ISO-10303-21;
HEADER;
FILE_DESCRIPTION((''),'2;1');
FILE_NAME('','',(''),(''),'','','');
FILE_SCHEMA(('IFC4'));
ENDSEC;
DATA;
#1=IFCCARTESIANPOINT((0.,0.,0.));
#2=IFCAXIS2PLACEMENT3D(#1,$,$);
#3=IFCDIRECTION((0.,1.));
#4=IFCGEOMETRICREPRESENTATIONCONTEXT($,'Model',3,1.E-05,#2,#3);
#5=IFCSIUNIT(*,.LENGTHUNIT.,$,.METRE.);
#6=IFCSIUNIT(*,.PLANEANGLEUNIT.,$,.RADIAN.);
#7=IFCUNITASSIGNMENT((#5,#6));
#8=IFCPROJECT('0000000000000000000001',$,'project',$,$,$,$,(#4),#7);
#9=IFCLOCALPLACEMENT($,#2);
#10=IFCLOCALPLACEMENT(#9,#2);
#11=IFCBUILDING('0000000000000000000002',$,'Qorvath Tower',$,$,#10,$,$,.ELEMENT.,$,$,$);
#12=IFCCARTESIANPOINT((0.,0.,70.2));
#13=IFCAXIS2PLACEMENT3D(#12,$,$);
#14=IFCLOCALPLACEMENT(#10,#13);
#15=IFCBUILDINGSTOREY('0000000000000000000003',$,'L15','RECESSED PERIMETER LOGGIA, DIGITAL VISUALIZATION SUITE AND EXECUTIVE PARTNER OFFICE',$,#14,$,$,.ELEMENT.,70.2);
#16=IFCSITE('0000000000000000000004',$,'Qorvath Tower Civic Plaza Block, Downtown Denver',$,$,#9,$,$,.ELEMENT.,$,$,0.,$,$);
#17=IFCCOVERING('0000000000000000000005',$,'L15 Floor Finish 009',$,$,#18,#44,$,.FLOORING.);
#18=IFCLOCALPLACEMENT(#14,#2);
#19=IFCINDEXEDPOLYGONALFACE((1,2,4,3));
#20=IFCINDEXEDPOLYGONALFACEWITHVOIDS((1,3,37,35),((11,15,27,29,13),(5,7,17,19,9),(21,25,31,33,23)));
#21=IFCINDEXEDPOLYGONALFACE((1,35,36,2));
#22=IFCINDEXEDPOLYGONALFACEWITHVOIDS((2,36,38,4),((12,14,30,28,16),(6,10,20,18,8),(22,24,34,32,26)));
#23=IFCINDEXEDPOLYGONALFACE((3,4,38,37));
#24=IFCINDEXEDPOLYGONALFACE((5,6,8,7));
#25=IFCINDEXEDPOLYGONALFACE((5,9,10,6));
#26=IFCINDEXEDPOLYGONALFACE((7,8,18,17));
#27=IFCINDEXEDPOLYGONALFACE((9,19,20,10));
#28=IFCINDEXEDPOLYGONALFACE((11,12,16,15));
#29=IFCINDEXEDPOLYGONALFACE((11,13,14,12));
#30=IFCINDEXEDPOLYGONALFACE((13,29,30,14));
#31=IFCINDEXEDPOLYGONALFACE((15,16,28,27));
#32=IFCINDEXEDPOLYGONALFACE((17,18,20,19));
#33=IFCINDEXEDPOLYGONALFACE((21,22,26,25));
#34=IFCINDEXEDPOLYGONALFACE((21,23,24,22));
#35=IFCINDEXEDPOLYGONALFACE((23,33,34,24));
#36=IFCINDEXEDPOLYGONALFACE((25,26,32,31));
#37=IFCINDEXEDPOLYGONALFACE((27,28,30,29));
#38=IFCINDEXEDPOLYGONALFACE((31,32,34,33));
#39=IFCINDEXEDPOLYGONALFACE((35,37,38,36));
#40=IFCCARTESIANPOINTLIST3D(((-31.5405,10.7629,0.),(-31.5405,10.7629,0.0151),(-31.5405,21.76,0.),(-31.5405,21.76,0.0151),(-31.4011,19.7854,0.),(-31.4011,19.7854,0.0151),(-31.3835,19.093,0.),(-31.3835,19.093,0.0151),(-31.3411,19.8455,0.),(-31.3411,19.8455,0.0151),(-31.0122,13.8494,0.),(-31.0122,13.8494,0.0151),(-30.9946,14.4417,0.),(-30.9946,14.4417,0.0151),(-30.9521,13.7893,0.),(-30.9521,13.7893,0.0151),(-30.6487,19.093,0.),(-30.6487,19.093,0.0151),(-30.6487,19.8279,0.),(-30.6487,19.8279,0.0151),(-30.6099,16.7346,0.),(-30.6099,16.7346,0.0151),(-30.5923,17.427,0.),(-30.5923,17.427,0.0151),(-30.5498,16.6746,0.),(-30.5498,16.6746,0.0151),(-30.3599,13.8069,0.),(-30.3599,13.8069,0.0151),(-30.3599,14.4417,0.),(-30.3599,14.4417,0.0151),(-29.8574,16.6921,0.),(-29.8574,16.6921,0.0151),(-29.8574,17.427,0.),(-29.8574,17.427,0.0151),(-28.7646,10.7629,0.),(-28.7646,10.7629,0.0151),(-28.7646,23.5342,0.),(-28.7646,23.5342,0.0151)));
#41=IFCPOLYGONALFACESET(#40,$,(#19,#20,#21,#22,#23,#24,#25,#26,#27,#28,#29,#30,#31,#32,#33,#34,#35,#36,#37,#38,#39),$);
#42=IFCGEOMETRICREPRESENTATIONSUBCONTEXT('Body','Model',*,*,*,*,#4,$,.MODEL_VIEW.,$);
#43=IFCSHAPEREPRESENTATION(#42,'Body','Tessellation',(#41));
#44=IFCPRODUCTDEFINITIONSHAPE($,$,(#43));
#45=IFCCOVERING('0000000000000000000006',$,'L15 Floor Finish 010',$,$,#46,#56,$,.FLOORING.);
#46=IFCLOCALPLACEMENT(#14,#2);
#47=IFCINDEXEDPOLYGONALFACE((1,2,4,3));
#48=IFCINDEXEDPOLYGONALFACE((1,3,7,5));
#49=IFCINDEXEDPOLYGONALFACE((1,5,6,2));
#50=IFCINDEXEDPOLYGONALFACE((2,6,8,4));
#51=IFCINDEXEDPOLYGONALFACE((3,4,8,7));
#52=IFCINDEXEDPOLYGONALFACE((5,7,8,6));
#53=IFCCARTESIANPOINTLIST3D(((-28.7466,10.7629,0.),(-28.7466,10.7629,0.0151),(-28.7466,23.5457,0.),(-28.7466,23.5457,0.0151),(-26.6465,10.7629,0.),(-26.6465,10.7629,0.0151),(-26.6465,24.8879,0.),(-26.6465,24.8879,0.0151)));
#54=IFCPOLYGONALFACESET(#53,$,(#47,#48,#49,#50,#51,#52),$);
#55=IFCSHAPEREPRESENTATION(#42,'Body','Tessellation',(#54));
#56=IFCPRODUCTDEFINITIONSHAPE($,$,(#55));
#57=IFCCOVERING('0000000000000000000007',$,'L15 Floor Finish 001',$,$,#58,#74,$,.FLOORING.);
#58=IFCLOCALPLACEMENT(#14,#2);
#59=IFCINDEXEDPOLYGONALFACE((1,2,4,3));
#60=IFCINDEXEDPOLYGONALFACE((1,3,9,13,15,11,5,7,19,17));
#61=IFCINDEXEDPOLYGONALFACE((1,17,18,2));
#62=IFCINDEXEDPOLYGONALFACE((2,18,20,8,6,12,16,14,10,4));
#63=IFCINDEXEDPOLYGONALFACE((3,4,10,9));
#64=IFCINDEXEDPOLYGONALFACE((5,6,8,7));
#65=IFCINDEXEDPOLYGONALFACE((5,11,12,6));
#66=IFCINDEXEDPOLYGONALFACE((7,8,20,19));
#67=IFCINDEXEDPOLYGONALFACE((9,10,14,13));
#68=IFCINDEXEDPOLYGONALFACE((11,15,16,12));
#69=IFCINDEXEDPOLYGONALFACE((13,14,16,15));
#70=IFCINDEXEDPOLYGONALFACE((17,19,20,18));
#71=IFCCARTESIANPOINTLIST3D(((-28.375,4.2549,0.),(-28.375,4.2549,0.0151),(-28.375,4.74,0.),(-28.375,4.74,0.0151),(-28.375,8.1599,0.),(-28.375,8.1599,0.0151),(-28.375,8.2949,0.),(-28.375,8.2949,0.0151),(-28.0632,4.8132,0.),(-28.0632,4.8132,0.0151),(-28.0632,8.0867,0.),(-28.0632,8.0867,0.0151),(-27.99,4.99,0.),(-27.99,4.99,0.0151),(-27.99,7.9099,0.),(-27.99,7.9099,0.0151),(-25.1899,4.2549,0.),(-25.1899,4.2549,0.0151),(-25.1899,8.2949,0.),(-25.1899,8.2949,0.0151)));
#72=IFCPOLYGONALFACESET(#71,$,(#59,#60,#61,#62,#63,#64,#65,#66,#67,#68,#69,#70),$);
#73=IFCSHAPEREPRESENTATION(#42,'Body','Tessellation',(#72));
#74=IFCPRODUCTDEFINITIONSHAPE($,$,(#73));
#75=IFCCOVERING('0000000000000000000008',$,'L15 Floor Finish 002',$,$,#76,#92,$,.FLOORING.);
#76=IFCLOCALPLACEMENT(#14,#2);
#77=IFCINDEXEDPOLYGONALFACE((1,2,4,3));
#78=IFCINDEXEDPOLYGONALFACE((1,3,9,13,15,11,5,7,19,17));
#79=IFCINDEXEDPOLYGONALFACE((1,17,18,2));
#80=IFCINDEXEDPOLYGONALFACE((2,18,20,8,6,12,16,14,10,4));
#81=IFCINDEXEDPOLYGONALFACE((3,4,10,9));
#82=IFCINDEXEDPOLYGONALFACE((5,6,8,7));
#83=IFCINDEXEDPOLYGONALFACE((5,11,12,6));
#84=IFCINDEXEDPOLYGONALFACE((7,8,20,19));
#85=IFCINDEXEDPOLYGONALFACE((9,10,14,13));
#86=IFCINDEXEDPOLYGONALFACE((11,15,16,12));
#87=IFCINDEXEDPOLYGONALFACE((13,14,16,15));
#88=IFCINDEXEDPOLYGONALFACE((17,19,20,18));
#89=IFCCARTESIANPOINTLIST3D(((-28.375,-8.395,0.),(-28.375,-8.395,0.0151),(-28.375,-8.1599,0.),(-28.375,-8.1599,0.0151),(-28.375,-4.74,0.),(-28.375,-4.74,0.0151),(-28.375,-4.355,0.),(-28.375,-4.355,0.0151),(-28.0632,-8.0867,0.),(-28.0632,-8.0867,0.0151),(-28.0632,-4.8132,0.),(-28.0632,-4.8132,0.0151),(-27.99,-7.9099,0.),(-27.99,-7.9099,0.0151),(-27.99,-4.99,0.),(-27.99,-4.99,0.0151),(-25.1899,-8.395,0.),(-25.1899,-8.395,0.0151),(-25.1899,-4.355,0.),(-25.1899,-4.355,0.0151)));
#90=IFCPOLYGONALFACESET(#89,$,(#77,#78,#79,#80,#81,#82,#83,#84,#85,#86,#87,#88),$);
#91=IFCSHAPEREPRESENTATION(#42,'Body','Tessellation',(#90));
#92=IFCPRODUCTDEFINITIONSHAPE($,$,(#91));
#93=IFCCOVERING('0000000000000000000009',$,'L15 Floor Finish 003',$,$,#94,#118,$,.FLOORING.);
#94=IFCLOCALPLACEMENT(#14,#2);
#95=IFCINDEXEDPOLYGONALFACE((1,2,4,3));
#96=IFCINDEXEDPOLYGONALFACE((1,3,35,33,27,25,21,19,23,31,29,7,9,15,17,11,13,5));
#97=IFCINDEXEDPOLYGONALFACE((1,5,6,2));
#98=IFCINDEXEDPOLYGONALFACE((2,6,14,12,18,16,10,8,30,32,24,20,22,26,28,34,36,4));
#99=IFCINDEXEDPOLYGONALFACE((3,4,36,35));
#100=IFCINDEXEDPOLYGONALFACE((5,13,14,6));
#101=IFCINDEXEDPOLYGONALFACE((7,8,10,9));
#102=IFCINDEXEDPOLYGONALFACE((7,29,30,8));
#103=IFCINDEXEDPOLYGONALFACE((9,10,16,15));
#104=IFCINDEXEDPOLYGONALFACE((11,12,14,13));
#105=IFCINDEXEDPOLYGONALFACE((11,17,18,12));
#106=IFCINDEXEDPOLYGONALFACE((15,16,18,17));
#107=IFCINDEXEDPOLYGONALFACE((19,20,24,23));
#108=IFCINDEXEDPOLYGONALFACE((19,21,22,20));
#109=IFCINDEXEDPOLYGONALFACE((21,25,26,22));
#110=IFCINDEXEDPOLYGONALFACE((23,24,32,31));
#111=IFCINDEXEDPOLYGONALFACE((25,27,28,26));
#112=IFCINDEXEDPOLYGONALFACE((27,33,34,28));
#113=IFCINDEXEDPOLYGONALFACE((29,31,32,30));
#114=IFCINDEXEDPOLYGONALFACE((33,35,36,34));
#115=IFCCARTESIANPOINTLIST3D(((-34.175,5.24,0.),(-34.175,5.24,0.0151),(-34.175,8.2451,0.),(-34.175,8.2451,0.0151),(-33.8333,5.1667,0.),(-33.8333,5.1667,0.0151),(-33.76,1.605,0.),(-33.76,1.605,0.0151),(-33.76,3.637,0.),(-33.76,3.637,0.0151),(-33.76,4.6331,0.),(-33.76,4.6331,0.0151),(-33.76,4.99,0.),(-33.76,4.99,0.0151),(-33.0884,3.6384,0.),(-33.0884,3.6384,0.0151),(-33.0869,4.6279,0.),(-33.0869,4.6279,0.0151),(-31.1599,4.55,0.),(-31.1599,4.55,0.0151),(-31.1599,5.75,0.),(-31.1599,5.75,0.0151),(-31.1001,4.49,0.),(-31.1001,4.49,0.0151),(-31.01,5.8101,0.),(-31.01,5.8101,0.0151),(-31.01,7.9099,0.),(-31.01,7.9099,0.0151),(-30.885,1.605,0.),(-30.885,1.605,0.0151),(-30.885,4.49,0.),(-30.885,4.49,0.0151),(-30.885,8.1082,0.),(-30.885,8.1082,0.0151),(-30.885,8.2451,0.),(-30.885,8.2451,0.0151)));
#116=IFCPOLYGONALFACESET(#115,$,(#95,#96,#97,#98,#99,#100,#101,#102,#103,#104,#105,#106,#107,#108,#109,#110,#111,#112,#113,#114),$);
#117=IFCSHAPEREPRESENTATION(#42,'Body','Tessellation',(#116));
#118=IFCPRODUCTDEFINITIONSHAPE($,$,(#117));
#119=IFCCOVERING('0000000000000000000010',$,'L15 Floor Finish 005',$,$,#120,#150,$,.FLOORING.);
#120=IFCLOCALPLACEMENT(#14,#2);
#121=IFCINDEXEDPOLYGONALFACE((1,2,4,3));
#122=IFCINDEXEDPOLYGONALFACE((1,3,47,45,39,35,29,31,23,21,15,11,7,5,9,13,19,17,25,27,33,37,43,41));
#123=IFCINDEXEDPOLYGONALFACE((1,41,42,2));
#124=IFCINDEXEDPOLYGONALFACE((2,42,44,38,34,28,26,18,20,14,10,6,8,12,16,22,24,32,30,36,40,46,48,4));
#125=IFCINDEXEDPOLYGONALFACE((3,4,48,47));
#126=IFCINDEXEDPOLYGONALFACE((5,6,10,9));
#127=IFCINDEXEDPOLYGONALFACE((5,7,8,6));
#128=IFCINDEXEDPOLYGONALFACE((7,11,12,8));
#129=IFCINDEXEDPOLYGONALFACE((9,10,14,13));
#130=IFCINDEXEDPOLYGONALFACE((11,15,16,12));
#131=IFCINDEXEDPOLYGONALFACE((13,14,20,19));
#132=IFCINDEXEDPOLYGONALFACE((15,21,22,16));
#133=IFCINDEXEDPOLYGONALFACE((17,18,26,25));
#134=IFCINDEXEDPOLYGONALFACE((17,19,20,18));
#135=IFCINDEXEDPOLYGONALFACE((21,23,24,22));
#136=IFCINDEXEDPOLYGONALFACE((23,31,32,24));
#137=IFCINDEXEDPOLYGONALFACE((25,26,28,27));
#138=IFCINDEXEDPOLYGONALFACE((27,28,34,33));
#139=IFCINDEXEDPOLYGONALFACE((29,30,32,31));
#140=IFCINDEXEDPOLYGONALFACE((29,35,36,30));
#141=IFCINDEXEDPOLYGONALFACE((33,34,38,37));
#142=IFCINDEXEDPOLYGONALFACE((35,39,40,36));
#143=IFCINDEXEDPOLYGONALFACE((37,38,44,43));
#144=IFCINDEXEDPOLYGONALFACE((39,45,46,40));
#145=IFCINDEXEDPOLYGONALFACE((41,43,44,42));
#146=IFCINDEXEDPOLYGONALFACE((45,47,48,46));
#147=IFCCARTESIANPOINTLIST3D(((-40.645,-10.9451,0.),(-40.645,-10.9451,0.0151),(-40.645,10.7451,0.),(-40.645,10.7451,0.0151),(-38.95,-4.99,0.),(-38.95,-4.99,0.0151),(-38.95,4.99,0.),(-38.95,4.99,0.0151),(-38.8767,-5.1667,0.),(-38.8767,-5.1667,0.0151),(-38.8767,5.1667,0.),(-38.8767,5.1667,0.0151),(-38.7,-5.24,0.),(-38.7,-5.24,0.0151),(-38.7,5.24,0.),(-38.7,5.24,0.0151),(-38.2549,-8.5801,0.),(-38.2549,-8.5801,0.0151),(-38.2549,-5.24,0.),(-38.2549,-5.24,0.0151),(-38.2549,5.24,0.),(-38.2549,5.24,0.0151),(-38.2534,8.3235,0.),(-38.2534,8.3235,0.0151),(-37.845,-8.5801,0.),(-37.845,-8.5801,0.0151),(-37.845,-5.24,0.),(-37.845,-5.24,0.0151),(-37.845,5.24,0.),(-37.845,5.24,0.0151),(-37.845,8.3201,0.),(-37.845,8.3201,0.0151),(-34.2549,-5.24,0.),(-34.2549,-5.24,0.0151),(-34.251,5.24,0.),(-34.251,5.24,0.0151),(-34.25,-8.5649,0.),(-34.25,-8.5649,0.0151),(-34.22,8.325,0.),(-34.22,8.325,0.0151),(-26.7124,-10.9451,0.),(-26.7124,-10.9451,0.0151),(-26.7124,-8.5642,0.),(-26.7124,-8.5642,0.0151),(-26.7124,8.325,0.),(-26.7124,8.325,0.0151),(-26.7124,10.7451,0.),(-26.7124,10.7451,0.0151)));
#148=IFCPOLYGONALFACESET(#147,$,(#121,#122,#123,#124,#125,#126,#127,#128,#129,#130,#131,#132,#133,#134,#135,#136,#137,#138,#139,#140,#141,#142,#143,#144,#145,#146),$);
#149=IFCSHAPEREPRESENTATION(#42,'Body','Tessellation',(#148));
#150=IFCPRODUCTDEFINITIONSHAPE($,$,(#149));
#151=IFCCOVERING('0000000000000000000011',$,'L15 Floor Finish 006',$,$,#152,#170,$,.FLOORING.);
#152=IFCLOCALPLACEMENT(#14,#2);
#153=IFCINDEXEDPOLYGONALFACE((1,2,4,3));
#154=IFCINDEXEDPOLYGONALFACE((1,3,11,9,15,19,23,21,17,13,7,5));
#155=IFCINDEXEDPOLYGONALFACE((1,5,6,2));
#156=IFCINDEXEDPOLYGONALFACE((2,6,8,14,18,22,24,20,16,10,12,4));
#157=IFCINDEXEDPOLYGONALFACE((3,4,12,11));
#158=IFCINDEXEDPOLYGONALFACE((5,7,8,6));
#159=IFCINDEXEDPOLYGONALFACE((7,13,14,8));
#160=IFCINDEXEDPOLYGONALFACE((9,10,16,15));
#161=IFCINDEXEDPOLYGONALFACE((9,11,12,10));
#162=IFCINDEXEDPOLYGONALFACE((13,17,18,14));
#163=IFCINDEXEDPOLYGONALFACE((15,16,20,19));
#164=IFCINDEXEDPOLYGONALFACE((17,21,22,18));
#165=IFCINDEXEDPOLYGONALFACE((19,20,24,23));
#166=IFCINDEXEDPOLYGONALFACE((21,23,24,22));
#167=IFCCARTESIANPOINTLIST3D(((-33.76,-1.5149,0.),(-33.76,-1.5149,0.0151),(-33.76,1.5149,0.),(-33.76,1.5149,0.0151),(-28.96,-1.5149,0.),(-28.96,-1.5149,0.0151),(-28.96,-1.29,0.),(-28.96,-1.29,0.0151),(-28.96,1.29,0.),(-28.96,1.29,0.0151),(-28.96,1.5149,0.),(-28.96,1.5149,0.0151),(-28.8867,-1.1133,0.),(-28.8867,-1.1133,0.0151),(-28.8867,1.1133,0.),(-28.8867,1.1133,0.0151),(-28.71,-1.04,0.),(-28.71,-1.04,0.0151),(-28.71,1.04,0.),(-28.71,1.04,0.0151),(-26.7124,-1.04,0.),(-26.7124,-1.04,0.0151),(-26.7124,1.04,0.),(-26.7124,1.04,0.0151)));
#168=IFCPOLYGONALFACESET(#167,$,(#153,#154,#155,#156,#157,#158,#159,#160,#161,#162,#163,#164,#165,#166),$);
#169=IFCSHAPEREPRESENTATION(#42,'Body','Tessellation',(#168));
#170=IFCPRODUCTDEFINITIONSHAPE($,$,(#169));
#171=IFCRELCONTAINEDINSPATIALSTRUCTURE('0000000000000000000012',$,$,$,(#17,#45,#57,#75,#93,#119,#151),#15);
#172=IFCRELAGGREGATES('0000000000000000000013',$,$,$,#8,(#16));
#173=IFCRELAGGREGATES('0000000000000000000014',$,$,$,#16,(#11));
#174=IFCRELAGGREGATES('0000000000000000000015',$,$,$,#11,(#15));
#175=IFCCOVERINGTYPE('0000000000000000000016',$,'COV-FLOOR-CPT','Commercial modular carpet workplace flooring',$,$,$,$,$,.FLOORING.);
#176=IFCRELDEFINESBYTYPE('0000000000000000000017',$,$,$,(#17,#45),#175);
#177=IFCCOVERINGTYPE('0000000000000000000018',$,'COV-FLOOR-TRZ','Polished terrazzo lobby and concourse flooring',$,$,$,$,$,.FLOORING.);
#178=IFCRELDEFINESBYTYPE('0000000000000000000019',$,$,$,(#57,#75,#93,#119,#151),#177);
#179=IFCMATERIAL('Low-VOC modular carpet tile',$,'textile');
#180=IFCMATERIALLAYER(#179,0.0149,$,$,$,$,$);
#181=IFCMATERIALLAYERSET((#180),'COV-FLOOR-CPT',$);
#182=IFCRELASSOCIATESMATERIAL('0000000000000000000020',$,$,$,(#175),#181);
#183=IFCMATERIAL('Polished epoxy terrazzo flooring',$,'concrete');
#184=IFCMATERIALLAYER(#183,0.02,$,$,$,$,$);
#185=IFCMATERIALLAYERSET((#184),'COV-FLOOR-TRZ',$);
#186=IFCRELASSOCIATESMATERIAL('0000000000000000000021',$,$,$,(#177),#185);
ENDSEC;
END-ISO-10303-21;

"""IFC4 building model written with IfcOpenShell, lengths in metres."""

from ifc_helpers import new_model, si_unit, direction, frame, origin, place, context, subcontext, project, spatial, polyline, outline, extrude, material, layer, layer_set, type_object, element, save


model = new_model("IFC4")

# Units and contexts
model_context = context("Model", 3, precision=1e-05, world=origin(), true_north=direction((0.0, 1.0)))
body_context = subcontext(model_context, "Body", "Model", "MODEL_VIEW")
ifc_project = project(units=[si_unit("LENGTHUNIT", "METRE"), si_unit("PLANEANGLEUNIT", "RADIAN")], contexts=[model_context])

# Site, building, storey
site_placement = place(None, origin())
site = spatial("IfcSite", under=ifc_project, at=site_placement, Name="Qorvath Tower Civic Plaza Block, Downtown Denver", CompositionType="ELEMENT", RefElevation=0.0)
building_placement = place(site_placement, origin())
building = spatial("IfcBuilding", under=site, at=building_placement, Name="Qorvath Tower", CompositionType="ELEMENT")
storey_placement = place(building_placement, frame((0.0, 0.0, 70.2)))
storey = spatial("IfcBuildingStorey", under=building, at=storey_placement, Name="L15", Description="RECESSED PERIMETER LOGGIA, DIGITAL VISUALIZATION SUITE AND EXECUTIVE PARTNER OFFICE", CompositionType="ELEMENT", Elevation=70.2)

# Coverings
ifc_material_1 = material(Name="Low-VOC modular carpet tile", Category="textile")
ifc_layer_1 = layer(ifc_material_1, 0.0149)
ifc_layer_set_1 = layer_set([ifc_layer_1], Name="COV-FLOOR-CPT")
covering_type_1 = type_object("IfcCoveringType", Name="COV-FLOOR-CPT", Description="Commercial modular carpet workplace flooring", PredefinedType="FLOORING", material=ifc_layer_set_1)
covering_1_placement = place(storey_placement, origin())
element("IfcCovering", 1, at=covering_1_placement, inside=storey, type_object=covering_type_1, Name="L15 Floor Finish 009", PredefinedType="FLOORING", context=body_context, shape_type="SweptSolid", body=[
    extrude(outline(polyline([(-28.7646, 10.7629), (-28.7646, 23.5342), (-31.5405, 21.76), (-31.5405, 10.7629), (-28.7646, 10.7629)]), holes=[polyline([(-30.6099, 16.7346), (-30.5923, 17.427), (-29.8574, 17.427), (-29.8574, 16.6921), (-30.5498, 16.6746), (-30.6099, 16.7346)]), polyline([(-31.0122, 13.8494), (-30.9946, 14.4417), (-30.3599, 14.4417), (-30.3599, 13.8069), (-30.9521, 13.7893), (-31.0122, 13.8494)]), polyline([(-31.4011, 19.7854), (-31.3411, 19.8455), (-30.6487, 19.8279), (-30.6487, 19.093), (-31.3835, 19.093), (-31.4011, 19.7854)])]), origin(), (0.0, 0.0, 1.0), 0.0151),
])
covering_2_placement = place(storey_placement, origin())
element("IfcCovering", 2, at=covering_2_placement, inside=storey, type_object=covering_type_1, Name="L15 Floor Finish 010", PredefinedType="FLOORING", context=body_context, shape_type="SweptSolid", body=[
    extrude(outline(polyline([(-28.7466, 10.7629), (-26.6465, 10.7629), (-26.6465, 24.8879), (-28.7466, 23.5457), (-28.7466, 10.7629)])), origin(), (0.0, 0.0, 1.0), 0.0151),
])
ifc_material_2 = material(Name="Polished epoxy terrazzo flooring", Category="concrete")
ifc_layer_2 = layer(ifc_material_2, 0.02)
ifc_layer_set_2 = layer_set([ifc_layer_2], Name="COV-FLOOR-TRZ")
covering_type_2 = type_object("IfcCoveringType", Name="COV-FLOOR-TRZ", Description="Polished terrazzo lobby and concourse flooring", PredefinedType="FLOORING", material=ifc_layer_set_2)
covering_3_placement = place(storey_placement, origin())
element("IfcCovering", 3, at=covering_3_placement, inside=storey, type_object=covering_type_2, Name="L15 Floor Finish 001", PredefinedType="FLOORING", context=body_context, shape_type="SweptSolid", body=[
    extrude(outline(polyline([(-25.1899, 4.2549), (-25.1899, 8.2949), (-28.375, 8.2949), (-28.375, 8.1599), (-28.0632, 8.0867), (-27.99, 7.9099), (-27.99, 4.99), (-28.0632, 4.8132), (-28.375, 4.74), (-28.375, 4.2549), (-25.1899, 4.2549)])), origin(), (0.0, 0.0, 1.0), 0.0151),
])
covering_4_placement = place(storey_placement, origin())
element("IfcCovering", 4, at=covering_4_placement, inside=storey, type_object=covering_type_2, Name="L15 Floor Finish 002", PredefinedType="FLOORING", context=body_context, shape_type="SweptSolid", body=[
    extrude(outline(polyline([(-25.1899, -8.395), (-25.1899, -4.355), (-28.375, -4.355), (-28.375, -4.74), (-28.0632, -4.8132), (-27.99, -4.99), (-27.99, -7.9099), (-28.0632, -8.0867), (-28.375, -8.1599), (-28.375, -8.395), (-25.1899, -8.395)])), origin(), (0.0, 0.0, 1.0), 0.0151),
])
covering_5_placement = place(storey_placement, origin())
element("IfcCovering", 5, at=covering_5_placement, inside=storey, type_object=covering_type_2, Name="L15 Floor Finish 003", PredefinedType="FLOORING", context=body_context, shape_type="SweptSolid", body=[
    extrude(outline(polyline([(-30.885, 8.2451), (-34.175, 8.2451), (-34.175, 5.24), (-33.8333, 5.1667), (-33.76, 4.99), (-33.76, 4.6331), (-33.0869, 4.6279), (-33.0884, 3.6384), (-33.76, 3.637), (-33.76, 1.605), (-30.885, 1.605), (-30.885, 4.49), (-31.1001, 4.49), (-31.1599, 4.55), (-31.1599, 5.75), (-31.01, 5.8101), (-31.01, 7.9099), (-30.885, 8.1082), (-30.885, 8.2451)])), origin(), (0.0, 0.0, 1.0), 0.0151),
])
covering_6_placement = place(storey_placement, origin())
element("IfcCovering", 6, at=covering_6_placement, inside=storey, type_object=covering_type_2, Name="L15 Floor Finish 005", PredefinedType="FLOORING", context=body_context, shape_type="SweptSolid", body=[
    extrude(outline(polyline([(-26.7124, -10.9451), (-26.7124, -8.5642), (-34.25, -8.5649), (-34.2549, -5.24), (-37.845, -5.24), (-37.845, -8.5801), (-38.2549, -8.5801), (-38.2549, -5.24), (-38.7, -5.24), (-38.8767, -5.1667), (-38.95, -4.99), (-38.95, 4.99), (-38.8767, 5.1667), (-38.7, 5.24), (-38.2549, 5.24), (-38.2534, 8.3235), (-37.845, 8.3201), (-37.845, 5.24), (-34.251, 5.24), (-34.22, 8.325), (-26.7124, 8.325), (-26.7124, 10.7451), (-40.645, 10.7451), (-40.645, -10.9451), (-26.7124, -10.9451)])), origin(), (0.0, 0.0, 1.0), 0.0151),
])
covering_7_placement = place(storey_placement, origin())
element("IfcCovering", 7, at=covering_7_placement, inside=storey, type_object=covering_type_2, Name="L15 Floor Finish 006", PredefinedType="FLOORING", context=body_context, shape_type="SweptSolid", body=[
    extrude(outline(polyline([(-26.7124, -1.04), (-26.7124, 1.04), (-28.71, 1.04), (-28.8867, 1.1133), (-28.96, 1.29), (-28.96, 1.5149), (-33.76, 1.5149), (-33.76, -1.5149), (-28.96, -1.5149), (-28.96, -1.29), (-28.8867, -1.1133), (-28.71, -1.04), (-26.7124, -1.04)])), origin(), (0.0, 0.0, 1.0), 0.0151),
])

save(model, "model.ifc")
